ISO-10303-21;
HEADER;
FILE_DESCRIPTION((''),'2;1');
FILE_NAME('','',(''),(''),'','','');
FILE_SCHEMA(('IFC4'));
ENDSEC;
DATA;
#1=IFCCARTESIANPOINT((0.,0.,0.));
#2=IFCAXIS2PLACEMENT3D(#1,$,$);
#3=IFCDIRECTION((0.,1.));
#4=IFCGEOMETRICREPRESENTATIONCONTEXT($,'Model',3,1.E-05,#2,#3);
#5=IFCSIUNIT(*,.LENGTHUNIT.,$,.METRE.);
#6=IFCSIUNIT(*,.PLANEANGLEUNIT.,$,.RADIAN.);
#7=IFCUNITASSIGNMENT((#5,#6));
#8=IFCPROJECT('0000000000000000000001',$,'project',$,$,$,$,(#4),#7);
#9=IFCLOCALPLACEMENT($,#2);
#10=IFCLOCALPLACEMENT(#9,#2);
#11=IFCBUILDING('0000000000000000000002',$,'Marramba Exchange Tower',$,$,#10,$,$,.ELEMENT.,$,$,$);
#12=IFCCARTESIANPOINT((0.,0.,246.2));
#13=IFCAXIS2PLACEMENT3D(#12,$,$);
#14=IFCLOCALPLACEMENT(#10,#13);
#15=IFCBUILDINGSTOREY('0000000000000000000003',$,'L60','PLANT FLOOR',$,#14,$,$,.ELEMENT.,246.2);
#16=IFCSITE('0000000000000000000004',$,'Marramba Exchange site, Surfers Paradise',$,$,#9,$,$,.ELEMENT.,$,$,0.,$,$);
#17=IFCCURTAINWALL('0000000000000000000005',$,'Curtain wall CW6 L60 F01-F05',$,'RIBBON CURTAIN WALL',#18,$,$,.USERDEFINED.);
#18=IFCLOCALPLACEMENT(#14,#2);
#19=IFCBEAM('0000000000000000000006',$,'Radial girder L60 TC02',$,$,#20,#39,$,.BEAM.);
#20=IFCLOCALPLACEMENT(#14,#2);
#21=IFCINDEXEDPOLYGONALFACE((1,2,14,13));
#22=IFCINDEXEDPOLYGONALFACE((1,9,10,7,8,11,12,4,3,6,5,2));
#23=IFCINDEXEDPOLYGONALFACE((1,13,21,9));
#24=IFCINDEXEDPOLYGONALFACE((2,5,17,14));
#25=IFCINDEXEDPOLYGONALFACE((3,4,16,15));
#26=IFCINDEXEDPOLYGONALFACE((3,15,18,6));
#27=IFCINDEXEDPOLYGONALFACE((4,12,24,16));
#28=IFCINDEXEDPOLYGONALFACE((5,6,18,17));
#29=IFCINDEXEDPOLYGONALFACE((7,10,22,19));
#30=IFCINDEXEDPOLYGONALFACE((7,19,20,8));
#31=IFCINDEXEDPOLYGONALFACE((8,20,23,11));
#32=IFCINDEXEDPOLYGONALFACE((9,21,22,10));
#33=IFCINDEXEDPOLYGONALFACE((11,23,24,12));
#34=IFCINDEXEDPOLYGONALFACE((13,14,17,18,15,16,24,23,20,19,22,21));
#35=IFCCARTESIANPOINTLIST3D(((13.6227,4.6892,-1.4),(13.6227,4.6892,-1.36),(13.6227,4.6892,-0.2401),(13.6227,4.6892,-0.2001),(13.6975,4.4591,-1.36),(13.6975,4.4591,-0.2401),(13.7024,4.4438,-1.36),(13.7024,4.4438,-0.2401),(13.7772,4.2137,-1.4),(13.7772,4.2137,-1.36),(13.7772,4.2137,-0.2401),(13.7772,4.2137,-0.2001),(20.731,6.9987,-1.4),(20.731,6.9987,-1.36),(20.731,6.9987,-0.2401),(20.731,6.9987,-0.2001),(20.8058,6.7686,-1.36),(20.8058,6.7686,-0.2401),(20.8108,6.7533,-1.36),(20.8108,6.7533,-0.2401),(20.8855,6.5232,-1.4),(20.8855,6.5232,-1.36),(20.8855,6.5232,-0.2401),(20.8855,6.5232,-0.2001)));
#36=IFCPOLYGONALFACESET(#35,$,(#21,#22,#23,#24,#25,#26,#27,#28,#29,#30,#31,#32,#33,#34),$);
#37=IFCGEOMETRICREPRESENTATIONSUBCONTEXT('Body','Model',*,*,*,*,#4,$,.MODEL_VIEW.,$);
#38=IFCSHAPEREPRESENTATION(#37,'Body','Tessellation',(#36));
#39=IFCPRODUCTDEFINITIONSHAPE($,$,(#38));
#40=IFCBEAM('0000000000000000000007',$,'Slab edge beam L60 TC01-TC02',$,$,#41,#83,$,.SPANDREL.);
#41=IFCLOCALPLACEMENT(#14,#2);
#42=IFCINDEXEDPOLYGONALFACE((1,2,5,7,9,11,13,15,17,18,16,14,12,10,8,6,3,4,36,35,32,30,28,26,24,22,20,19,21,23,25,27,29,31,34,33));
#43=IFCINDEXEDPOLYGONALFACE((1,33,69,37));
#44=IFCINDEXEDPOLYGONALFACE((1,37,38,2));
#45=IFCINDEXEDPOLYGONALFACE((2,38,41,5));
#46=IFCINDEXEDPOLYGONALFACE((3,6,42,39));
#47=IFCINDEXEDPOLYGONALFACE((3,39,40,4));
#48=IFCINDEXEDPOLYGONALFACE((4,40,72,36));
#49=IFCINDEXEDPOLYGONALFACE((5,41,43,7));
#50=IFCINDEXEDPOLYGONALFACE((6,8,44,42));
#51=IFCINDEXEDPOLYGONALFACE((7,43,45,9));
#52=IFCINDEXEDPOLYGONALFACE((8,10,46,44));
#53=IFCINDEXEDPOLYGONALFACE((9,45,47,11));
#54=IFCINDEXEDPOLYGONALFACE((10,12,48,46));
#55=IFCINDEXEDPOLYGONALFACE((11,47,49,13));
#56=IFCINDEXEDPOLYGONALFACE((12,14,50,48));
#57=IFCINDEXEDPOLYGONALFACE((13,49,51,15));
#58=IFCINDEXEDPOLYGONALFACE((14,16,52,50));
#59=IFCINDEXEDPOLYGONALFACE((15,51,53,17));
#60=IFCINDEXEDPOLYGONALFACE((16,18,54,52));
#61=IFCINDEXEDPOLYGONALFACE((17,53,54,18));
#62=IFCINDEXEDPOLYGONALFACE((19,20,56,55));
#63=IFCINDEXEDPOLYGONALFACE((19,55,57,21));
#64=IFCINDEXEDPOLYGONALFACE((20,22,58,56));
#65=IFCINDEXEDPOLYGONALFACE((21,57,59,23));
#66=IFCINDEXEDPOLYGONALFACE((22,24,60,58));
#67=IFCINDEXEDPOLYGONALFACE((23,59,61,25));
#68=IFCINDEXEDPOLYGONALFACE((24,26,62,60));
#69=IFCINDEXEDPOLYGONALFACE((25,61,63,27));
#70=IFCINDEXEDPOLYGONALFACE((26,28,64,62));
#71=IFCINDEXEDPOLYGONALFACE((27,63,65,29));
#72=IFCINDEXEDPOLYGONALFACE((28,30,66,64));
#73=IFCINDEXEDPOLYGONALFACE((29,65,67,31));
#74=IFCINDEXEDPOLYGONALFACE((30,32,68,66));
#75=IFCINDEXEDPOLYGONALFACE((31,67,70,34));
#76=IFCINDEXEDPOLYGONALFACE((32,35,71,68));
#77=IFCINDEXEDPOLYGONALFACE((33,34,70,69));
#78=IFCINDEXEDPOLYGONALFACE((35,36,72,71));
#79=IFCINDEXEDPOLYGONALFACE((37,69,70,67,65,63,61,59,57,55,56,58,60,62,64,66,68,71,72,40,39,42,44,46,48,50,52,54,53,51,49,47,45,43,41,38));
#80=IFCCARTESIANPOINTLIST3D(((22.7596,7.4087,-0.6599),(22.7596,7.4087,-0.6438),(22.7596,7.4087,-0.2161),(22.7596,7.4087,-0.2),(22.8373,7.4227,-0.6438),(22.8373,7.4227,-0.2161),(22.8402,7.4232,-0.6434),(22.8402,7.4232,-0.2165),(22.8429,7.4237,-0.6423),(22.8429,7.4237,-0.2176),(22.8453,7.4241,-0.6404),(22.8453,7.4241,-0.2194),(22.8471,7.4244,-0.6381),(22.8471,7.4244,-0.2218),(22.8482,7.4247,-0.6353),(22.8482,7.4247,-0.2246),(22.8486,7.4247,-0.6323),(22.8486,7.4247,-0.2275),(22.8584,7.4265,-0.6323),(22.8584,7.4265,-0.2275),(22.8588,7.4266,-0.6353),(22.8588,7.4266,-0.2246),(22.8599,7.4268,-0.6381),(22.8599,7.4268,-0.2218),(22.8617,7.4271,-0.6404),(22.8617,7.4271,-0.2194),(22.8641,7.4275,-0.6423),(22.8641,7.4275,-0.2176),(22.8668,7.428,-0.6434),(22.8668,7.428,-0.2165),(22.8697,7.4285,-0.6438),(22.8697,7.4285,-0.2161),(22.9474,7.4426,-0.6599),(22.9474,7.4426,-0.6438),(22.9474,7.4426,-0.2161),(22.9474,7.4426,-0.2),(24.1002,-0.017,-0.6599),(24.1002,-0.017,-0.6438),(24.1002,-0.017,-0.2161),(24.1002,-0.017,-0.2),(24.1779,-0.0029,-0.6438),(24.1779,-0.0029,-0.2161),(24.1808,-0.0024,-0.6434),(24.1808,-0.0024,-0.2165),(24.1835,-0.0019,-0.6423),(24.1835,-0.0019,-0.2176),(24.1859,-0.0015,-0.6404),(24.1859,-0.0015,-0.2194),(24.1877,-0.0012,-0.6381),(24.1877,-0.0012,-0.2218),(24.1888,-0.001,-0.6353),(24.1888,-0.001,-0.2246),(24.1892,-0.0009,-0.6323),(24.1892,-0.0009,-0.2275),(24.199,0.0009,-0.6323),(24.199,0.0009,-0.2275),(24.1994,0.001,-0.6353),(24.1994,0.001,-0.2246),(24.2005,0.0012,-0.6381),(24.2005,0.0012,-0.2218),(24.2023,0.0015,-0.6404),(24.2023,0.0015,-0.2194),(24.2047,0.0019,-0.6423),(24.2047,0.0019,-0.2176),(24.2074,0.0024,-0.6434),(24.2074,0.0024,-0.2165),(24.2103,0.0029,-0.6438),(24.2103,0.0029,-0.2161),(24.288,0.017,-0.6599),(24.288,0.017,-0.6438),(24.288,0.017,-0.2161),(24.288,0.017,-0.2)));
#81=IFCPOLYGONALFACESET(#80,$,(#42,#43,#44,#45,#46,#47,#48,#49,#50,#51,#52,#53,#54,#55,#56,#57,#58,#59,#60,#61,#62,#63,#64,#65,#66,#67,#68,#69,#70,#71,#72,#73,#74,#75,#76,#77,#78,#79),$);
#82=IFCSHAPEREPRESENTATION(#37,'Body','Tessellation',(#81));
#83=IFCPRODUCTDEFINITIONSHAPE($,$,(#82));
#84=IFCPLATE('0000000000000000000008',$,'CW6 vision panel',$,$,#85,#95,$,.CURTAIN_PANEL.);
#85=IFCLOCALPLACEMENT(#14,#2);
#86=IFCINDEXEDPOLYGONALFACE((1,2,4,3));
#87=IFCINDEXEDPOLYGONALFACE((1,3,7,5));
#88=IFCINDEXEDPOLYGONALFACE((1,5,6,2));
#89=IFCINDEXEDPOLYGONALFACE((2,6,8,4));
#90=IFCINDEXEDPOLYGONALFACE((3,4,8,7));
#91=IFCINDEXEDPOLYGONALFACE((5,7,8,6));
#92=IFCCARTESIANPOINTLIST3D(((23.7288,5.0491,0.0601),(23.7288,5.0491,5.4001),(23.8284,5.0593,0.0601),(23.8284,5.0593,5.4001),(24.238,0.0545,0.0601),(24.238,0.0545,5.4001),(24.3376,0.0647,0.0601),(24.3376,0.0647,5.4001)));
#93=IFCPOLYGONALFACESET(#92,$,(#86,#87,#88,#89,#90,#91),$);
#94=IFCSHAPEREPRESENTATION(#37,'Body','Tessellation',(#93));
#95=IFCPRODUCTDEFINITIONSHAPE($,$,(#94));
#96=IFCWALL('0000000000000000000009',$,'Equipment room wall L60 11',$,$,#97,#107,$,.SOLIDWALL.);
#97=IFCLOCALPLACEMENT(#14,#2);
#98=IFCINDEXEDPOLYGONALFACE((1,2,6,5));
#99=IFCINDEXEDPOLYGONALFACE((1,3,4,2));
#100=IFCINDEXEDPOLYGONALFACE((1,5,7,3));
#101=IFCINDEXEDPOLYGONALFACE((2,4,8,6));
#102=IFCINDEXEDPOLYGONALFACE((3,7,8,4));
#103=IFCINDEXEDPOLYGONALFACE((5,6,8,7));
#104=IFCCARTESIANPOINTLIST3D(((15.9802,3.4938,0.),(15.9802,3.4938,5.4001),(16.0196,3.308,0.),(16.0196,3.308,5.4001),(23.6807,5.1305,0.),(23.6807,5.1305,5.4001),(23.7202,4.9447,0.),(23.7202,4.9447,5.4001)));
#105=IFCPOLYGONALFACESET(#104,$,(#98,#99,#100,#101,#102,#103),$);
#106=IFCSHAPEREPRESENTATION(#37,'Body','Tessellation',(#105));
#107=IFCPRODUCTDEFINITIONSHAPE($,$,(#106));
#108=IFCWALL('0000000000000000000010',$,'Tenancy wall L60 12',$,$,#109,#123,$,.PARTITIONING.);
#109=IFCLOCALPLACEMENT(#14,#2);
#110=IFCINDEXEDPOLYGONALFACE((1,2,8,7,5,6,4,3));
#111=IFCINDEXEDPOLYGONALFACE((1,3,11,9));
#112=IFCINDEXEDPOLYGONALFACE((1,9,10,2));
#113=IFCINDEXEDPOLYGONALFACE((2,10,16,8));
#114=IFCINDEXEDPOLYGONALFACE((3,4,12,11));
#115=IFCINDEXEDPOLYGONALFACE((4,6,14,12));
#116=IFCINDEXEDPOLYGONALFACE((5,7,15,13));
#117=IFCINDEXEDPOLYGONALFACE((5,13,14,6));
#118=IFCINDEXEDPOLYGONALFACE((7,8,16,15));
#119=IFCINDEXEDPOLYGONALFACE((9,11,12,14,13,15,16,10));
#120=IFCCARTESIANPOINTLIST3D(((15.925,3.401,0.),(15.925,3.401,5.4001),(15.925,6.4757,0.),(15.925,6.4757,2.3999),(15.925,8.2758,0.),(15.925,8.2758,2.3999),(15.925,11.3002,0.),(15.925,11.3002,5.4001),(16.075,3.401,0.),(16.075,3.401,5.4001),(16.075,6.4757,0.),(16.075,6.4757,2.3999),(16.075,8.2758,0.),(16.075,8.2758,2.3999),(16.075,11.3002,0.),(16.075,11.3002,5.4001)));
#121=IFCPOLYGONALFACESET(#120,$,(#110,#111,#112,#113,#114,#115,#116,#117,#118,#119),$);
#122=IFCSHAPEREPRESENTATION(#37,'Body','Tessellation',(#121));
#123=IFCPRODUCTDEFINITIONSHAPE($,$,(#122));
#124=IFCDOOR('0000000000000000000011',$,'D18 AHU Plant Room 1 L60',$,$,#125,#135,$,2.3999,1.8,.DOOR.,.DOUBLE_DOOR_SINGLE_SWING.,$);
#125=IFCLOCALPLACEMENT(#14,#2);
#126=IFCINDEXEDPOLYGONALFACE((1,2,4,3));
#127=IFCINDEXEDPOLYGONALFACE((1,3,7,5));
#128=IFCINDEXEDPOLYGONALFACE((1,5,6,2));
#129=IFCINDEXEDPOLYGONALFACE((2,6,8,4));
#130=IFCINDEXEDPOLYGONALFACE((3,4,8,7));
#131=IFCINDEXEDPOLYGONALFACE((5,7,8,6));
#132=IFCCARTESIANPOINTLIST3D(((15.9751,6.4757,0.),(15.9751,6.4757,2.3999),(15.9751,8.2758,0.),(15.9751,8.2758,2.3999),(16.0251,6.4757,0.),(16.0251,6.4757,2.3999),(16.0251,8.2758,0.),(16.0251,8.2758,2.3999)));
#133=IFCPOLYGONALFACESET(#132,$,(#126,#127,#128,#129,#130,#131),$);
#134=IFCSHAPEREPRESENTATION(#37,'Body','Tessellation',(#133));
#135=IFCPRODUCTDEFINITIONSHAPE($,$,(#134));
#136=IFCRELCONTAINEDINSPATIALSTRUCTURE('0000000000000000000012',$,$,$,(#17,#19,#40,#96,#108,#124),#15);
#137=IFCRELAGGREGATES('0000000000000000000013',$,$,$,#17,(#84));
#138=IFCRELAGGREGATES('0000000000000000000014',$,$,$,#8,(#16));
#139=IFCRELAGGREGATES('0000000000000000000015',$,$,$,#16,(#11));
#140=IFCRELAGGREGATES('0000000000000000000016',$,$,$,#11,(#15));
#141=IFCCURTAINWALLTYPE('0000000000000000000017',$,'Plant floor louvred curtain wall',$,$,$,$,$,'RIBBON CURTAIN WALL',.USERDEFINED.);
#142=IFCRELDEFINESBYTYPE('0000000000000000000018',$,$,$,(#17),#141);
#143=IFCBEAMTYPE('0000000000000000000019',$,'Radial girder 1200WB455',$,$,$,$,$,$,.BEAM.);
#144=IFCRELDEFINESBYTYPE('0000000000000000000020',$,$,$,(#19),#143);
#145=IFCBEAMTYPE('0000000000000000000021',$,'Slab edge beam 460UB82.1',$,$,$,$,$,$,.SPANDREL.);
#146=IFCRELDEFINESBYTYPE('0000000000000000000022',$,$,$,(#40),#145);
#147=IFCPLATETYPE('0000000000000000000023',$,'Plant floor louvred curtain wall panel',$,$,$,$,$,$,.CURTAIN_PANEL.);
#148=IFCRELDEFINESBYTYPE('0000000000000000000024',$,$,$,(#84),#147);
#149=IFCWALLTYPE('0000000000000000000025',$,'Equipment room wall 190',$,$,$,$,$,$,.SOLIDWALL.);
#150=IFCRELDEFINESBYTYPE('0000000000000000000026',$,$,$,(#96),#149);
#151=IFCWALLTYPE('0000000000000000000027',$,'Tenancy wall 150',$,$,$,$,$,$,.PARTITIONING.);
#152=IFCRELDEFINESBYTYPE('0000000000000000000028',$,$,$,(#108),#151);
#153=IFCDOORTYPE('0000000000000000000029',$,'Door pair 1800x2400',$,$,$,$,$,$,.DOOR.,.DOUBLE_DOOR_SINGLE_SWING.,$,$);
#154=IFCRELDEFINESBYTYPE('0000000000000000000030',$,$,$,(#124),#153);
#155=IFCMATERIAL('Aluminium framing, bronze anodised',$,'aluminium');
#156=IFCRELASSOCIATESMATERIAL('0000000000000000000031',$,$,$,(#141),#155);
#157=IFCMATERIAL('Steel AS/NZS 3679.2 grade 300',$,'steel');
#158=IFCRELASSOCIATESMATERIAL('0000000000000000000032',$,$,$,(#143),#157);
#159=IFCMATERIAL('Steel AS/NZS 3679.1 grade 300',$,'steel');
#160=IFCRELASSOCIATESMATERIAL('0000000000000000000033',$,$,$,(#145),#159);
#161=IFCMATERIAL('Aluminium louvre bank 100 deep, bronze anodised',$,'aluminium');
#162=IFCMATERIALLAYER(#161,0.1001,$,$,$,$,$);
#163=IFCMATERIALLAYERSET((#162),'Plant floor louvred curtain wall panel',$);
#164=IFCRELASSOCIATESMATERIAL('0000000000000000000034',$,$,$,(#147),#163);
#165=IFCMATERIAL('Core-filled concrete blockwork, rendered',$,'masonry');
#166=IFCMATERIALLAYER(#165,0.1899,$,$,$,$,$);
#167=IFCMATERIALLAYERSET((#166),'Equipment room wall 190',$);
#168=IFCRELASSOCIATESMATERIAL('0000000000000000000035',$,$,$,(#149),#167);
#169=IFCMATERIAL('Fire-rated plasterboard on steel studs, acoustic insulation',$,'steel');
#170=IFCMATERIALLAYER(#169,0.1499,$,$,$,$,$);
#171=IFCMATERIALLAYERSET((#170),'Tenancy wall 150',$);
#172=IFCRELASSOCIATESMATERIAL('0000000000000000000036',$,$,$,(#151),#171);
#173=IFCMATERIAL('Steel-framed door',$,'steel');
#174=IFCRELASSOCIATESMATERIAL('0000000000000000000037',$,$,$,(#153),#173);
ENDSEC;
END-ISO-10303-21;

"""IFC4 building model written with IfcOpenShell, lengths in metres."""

from ifc_helpers import new_model, si_unit, direction, frame, frame_2d, origin, origin_2d, place, context, subcontext, project, spatial, rectangle, i_section, extrude, material, layer, layer_set, material_profile, profile_set, type_object, element, fill, aggregate, save


model = new_model("IFC4")

# Units and contexts
model_context = context("Model", 3, precision=1e-05, world=origin(), true_north=direction((0.0, 1.0)))
body_context = subcontext(model_context, "Body", "Model", "MODEL_VIEW")
ifc_project = project(units=[si_unit("LENGTHUNIT", "METRE"), si_unit("PLANEANGLEUNIT", "RADIAN")], contexts=[model_context])

# Site, building, storey
site_placement = place(None, origin())
site = spatial("IfcSite", under=ifc_project, at=site_placement, Name="Marramba Exchange site, Surfers Paradise", CompositionType="ELEMENT", RefElevation=0.0)
building_placement = place(site_placement, origin())
building = spatial("IfcBuilding", under=site, at=building_placement, Name="Marramba Exchange Tower", CompositionType="ELEMENT")
storey_placement = place(building_placement, frame((0.0, 0.0, 246.2)))
storey = spatial("IfcBuildingStorey", under=building, at=storey_placement, Name="L60", Description="PLANT FLOOR", CompositionType="ELEMENT", Elevation=246.2)

# Shared definitions
ifc_material_1 = material(Name="Steel AS/NZS 3679.2 grade 300", Category="steel")

# Shared definitions
ifc_material_2 = material(Name="Steel AS/NZS 3679.1 grade 300", Category="steel")

# Curtain wall
ifc_material_3 = material(Name="Aluminium framing, bronze anodised", Category="aluminium")
curtain_wall_type = type_object("IfcCurtainWallType", Name="Plant floor louvred curtain wall", ElementType="RIBBON CURTAIN WALL", PredefinedType="USERDEFINED", material=ifc_material_3)
curtain_wall_placement = place(storey_placement, origin())
curtain_wall = element("IfcCurtainWall", 1, at=curtain_wall_placement, inside=storey, type_object=curtain_wall_type, Name="Curtain wall CW6 L60 F01-F05", ObjectType="RIBBON CURTAIN WALL", PredefinedType="USERDEFINED")

# Beams
ifc_material_profile_1 = material_profile(ifc_material_1, i_section(OverallWidth=0.5, OverallDepth=1.2, WebThickness=0.0161, FlangeThickness=0.04, at=origin_2d()), Name="1200WB455")
ifc_profile_set_1 = profile_set([ifc_material_profile_1], Name="Steel AS/NZS 3679.2 grade 300")
beam_type_1 = type_object("IfcBeamType", Name="Radial girder 1200WB455", PredefinedType="BEAM", material=ifc_profile_set_1)
beam_1_placement = place(storey_placement, frame((13.7, 4.4514, -0.8), z_axis=(0.95106, 0.309006, 0.0), x_axis=(-0.309006, 0.95106, 0.0)))
element("IfcBeam", 2, at=beam_1_placement, inside=storey, type_object=beam_type_1, Name="Radial girder L60 TC02", PredefinedType="BEAM", context=body_context, shape_type="SweptSolid", body=[
    extrude(i_section(OverallWidth=0.5, OverallDepth=1.2, WebThickness=0.0161, FlangeThickness=0.04, at=origin_2d()), origin(), (0.0, 0.0, 1.0), 7.4741),
])
ifc_material_profile_2 = material_profile(ifc_material_2, i_section(OverallWidth=0.1909, OverallDepth=0.46, WebThickness=0.01, FlangeThickness=0.0161, FilletRadius=0.0115, at=origin_2d()), Name="460UB82.1")
ifc_profile_set_2 = profile_set([ifc_material_profile_2], Name="Steel AS/NZS 3679.1 grade 300")
beam_type_2 = type_object("IfcBeamType", Name="Slab edge beam 460UB82.1", PredefinedType="SPANDREL", material=ifc_profile_set_2)
beam_2_placement = place(storey_placement, frame((24.1941, 0.0, -0.4299), z_axis=(-0.177664, 0.984091, 0.0), x_axis=(-0.984091, -0.177664, 0.0)))
element("IfcBeam", 3, at=beam_2_placement, inside=storey, type_object=beam_type_2, Name="Slab edge beam L60 TC01-TC02", PredefinedType="SPANDREL", context=body_context, shape_type="SweptSolid", body=[
    extrude(i_section(OverallWidth=0.1909, OverallDepth=0.46, WebThickness=0.01, FlangeThickness=0.0161, FilletRadius=0.0115, at=origin_2d()), origin(), (0.0, 0.0, 1.0), 7.5457),
])

# Plate
ifc_material_4 = material(Name="Aluminium louvre bank 100 deep, bronze anodised", Category="aluminium")
ifc_layer_1 = layer(ifc_material_4, 0.1001)
ifc_layer_set_1 = layer_set([ifc_layer_1], Name="Plant floor louvred curtain wall panel")
plate_type = type_object("IfcPlateType", Name="Plant floor louvred curtain wall panel", PredefinedType="CURTAIN_PANEL", material=ifc_layer_set_1)
plate_placement = place(storey_placement, frame((24.0332, 2.5569, 0.0601), z_axis=(0.0, 0.0, 1.0), x_axis=(-0.101422, 0.994843, 0.0)))
plate = element("IfcPlate", 4, at=plate_placement, type_object=plate_type, Name="CW6 vision panel", PredefinedType="CURTAIN_PANEL", context=body_context, shape_type="SweptSolid", body=[
    extrude(rectangle(XDim=5.0205, YDim=0.1001, at=origin_2d()), origin(), (0.0, 0.0, 1.0), 5.3401),
])
aggregate(curtain_wall, [plate])

# Wall
ifc_material_5 = material(Name="Core-filled concrete blockwork, rendered", Category="masonry")
ifc_layer_2 = layer(ifc_material_5, 0.1899)
ifc_layer_set_2 = layer_set([ifc_layer_2], Name="Equipment room wall 190")
wall_type_1 = type_object("IfcWallType", Name="Equipment room wall 190", PredefinedType="SOLIDWALL", material=ifc_layer_set_2)
wall_1_placement = place(storey_placement, frame((23.7004, 5.0376, 0.0), z_axis=(0.0, 0.0, 1.0), x_axis=(-0.978149, -0.207904, 0.0)))
element("IfcWall", 5, at=wall_1_placement, inside=storey, type_object=wall_type_1, Name="Equipment room wall L60 11", PredefinedType="SOLIDWALL", context=body_context, shape_type="SweptSolid", body=[
    extrude(rectangle(XDim=7.8726, YDim=0.1899, at=frame_2d((3.9363, 0.0))), origin(), (0.0, 0.0, 1.0), 5.4001),
])

# Wall, opening, door
ifc_material_6 = material(Name="Fire-rated plasterboard on steel studs, acoustic insulation", Category="steel")
ifc_layer_3 = layer(ifc_material_6, 0.1499)
ifc_layer_set_3 = layer_set([ifc_layer_3], Name="Tenancy wall 150")
wall_type_2 = type_object("IfcWallType", Name="Tenancy wall 150", PredefinedType="PARTITIONING", material=ifc_layer_set_3)
wall_2_placement = place(storey_placement, frame((16.0, 3.4009, 0.0), z_axis=(0.0, 0.0, 1.0), x_axis=(0.0, 1.0, 0.0)))
wall_2 = element("IfcWall", 6, at=wall_2_placement, inside=storey, type_object=wall_type_2, Name="Tenancy wall L60 12", PredefinedType="PARTITIONING", context=body_context, shape_type="SweptSolid", body=[
    extrude(rectangle(XDim=7.8992, YDim=0.1499, at=frame_2d((3.9497, 0.0))), origin(), (0.0, 0.0, 1.0), 5.4001),
])
opening_placement = place(wall_2_placement, frame((3.075, 0.0, 0.0)))
opening = element("IfcOpeningElement", 7, at=opening_placement, cuts=wall_2, PredefinedType="OPENING", context=body_context, shape_type="SweptSolid", body=[
    extrude(rectangle(XDim=1.8, YDim=2.3999, at=frame_2d((0.8999, 1.2))), frame((0.0, 0.085, 0.0), z_axis=(0.0, -1.0, 0.0), x_axis=(1.0, 0.0, 0.0)), (0.0, 0.0, 1.0), 0.1699),
])
ifc_material_7 = material(Name="Steel-framed door", Category="steel")
door_type = type_object("IfcDoorType", Name="Door pair 1800x2400", OperationType="DOUBLE_DOOR_SINGLE_SWING", PredefinedType="DOOR", material=ifc_material_7)
door_placement = place(opening_placement, origin())
door = element("IfcDoor", 8, at=door_placement, inside=storey, type_object=door_type, Name="D18 AHU Plant Room 1 L60", OperationType="DOUBLE_DOOR_SINGLE_SWING", OverallHeight=2.3999, OverallWidth=1.8, PredefinedType="DOOR", context=body_context, shape_type="SweptSolid", body=[
    extrude(rectangle(XDim=1.8, YDim=2.3999, at=frame_2d((0.8999, 1.2))), frame((0.0, 0.0249, 0.0), z_axis=(0.0, -1.0, 0.0), x_axis=(1.0, 0.0, 0.0)), (0.0, 0.0, 1.0), 0.05),
])
fill(opening, door)

save(model, "model.ifc")
